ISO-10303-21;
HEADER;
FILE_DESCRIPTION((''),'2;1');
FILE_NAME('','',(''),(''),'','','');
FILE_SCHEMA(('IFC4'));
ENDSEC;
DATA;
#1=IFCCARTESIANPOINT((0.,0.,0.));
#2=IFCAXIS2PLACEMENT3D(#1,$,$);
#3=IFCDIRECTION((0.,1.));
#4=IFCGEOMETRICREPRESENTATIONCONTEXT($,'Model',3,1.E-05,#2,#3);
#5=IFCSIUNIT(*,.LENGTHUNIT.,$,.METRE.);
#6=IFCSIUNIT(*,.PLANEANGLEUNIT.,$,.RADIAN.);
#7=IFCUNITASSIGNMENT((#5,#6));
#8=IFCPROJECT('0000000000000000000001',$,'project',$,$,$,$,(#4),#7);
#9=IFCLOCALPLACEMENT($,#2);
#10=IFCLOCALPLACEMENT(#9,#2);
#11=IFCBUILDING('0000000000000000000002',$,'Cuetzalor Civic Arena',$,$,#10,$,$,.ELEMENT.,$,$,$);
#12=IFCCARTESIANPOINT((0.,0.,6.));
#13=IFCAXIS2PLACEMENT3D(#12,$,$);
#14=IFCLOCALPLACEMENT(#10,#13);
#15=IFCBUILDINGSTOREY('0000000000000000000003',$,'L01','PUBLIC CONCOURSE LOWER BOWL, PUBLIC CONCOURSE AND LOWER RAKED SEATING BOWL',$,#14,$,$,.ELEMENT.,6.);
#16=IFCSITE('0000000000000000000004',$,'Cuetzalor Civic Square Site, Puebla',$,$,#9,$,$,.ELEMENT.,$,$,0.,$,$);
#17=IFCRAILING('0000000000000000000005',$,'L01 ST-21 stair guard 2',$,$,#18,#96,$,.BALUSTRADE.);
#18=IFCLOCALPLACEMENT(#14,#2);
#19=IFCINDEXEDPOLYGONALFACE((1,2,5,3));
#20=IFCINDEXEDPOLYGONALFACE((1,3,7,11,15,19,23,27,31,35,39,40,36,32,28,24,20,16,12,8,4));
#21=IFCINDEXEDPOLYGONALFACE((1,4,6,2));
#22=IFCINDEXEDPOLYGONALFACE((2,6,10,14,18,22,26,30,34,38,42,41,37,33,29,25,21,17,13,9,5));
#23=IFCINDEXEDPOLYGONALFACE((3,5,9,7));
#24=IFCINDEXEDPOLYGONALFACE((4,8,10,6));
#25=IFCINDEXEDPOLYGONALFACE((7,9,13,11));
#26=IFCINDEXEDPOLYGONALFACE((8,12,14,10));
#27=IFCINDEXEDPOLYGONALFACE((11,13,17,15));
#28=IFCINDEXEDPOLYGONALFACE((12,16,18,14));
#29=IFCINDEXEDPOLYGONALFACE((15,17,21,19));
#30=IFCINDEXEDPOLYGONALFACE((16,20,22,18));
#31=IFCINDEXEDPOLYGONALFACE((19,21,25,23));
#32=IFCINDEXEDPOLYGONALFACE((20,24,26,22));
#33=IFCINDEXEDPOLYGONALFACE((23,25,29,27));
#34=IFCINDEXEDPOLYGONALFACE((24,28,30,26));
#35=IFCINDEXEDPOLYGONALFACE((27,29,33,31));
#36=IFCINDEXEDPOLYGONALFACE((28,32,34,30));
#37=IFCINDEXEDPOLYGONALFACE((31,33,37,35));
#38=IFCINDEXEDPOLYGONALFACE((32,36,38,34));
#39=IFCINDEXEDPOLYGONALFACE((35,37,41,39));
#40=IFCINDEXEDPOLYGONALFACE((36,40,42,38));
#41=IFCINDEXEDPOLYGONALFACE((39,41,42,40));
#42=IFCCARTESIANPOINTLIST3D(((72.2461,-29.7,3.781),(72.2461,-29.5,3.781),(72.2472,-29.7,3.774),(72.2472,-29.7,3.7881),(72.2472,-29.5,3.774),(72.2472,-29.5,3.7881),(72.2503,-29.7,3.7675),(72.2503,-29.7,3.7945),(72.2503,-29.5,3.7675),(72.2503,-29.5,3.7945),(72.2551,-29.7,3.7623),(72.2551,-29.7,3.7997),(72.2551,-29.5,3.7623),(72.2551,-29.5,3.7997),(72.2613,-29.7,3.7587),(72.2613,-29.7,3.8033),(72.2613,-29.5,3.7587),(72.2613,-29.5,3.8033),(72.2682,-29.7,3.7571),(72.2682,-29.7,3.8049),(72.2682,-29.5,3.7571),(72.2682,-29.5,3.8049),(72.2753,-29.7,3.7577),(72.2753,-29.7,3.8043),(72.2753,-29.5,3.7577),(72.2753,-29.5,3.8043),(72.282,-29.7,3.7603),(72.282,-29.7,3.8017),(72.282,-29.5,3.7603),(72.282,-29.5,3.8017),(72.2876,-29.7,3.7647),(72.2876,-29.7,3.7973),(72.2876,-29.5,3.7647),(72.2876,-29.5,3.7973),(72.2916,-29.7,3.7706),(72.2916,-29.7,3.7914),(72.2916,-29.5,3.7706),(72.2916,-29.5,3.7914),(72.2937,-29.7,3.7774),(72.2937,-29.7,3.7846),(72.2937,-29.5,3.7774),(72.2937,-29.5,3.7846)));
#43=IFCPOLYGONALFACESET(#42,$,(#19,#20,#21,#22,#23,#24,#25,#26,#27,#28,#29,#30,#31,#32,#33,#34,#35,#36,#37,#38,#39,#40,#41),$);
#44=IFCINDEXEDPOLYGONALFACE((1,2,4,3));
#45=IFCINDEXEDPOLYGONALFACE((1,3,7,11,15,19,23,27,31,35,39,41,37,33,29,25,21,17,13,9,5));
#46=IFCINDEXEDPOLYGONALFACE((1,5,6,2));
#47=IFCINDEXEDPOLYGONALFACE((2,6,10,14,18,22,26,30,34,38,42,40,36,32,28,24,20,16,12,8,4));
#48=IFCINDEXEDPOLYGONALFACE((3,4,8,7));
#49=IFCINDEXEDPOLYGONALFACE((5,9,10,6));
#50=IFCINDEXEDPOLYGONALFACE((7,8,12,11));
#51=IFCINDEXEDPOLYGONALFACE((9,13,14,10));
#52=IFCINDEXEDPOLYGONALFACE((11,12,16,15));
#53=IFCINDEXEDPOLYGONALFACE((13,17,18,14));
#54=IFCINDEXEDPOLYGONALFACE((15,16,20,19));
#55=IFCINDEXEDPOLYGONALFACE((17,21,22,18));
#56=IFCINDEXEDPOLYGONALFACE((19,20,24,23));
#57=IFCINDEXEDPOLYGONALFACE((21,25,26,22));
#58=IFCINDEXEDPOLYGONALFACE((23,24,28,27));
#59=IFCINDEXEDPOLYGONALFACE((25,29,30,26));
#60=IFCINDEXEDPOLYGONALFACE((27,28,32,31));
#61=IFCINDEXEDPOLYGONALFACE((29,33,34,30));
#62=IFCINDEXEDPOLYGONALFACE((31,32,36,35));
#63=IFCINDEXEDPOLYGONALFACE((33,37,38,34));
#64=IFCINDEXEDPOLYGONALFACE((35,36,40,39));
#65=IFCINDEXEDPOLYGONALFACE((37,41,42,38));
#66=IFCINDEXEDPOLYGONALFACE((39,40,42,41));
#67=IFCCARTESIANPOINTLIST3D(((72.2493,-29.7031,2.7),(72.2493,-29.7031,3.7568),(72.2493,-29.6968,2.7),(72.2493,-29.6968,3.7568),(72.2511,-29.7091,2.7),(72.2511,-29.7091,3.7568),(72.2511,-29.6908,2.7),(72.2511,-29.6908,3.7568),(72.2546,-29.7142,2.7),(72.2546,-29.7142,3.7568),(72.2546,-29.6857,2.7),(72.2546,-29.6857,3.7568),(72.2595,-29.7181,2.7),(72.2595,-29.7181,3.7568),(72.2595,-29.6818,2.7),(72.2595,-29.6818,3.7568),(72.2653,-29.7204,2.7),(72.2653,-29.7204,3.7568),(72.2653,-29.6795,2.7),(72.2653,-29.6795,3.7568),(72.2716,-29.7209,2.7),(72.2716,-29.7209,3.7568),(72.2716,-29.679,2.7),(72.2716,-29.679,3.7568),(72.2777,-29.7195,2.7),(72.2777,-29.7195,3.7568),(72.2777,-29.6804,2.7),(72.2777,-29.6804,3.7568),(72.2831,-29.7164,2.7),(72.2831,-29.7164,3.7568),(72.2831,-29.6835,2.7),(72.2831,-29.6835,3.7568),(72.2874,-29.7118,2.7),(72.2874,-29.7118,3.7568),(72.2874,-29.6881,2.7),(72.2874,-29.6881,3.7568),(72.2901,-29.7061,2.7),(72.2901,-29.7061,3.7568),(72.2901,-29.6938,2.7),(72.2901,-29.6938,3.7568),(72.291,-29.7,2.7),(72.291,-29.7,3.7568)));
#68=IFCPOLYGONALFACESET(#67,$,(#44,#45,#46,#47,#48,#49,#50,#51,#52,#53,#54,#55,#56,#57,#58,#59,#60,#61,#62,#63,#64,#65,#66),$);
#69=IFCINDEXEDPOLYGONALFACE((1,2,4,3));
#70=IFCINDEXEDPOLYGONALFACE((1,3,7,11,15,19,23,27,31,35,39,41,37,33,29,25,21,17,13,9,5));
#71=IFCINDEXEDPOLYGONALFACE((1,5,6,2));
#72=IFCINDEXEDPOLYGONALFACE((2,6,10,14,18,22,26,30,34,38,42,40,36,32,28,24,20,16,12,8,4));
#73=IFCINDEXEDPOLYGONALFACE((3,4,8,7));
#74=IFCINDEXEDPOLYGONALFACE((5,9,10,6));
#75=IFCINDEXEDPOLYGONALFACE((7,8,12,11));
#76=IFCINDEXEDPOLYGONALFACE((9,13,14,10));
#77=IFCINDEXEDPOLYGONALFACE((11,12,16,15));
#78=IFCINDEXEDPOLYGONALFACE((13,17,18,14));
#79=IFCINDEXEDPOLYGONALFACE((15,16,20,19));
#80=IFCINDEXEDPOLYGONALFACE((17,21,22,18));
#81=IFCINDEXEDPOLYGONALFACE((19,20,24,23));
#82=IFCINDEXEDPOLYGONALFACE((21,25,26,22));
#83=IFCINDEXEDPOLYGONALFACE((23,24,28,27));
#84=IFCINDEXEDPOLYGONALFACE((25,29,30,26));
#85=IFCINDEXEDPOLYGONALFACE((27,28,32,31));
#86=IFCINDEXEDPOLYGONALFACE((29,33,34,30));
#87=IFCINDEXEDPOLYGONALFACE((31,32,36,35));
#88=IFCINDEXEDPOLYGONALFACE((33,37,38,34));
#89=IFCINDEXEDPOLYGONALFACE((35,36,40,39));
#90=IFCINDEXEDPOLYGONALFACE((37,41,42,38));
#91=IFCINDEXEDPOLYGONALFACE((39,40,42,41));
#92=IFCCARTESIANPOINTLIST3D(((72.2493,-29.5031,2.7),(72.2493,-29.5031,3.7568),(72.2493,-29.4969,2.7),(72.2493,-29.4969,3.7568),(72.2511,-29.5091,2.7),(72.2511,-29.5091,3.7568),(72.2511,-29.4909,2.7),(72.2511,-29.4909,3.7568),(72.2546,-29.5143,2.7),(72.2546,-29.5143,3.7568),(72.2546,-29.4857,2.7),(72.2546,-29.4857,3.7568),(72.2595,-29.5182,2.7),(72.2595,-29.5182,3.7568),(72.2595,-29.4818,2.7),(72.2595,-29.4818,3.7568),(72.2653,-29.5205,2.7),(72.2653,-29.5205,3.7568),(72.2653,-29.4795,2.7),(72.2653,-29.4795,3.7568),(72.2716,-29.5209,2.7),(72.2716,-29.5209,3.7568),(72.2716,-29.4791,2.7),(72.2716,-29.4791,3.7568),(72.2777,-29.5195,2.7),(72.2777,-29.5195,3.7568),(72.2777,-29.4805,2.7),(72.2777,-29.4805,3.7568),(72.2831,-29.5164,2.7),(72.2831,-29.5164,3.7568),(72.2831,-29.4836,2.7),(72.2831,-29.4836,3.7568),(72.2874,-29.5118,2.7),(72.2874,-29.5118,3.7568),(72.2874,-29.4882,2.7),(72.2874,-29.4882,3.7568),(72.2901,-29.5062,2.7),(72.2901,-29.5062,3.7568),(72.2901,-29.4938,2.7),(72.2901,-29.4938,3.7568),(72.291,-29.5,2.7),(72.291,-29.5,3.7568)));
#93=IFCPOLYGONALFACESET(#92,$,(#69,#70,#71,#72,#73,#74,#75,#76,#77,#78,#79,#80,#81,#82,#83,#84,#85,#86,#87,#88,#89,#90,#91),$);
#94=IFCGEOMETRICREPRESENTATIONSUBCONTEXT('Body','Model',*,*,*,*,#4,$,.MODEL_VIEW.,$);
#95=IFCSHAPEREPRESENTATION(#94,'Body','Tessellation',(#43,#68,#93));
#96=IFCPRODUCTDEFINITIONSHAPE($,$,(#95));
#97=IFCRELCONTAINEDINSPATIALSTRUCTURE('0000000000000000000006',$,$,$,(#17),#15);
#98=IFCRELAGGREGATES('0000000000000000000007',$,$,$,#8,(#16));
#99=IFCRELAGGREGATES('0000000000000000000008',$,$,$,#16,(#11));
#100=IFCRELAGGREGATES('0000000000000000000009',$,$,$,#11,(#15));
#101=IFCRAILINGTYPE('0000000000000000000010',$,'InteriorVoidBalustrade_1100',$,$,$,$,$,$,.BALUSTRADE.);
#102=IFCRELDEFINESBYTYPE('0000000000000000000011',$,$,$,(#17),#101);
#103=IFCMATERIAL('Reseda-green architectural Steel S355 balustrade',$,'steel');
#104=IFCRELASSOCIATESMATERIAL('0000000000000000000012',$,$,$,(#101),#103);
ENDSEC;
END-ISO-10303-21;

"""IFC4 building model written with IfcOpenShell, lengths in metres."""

from ifc_helpers import new_model, si_unit, direction, frame, origin, origin_2d, place, context, subcontext, project, spatial, circle, extrude, material, type_object, element, save


model = new_model("IFC4")

# Units and contexts
model_context = context("Model", 3, precision=1e-05, world=origin(), true_north=direction((0.0, 1.0)))
body_context = subcontext(model_context, "Body", "Model", "MODEL_VIEW")
ifc_project = project(units=[si_unit("LENGTHUNIT", "METRE"), si_unit("PLANEANGLEUNIT", "RADIAN")], contexts=[model_context])

# Site, building, storey
site_placement = place(None, origin())
site = spatial("IfcSite", under=ifc_project, at=site_placement, Name="Cuetzalor Civic Square Site, Puebla", CompositionType="ELEMENT", RefElevation=0.0)
building_placement = place(site_placement, origin())
building = spatial("IfcBuilding", under=site, at=building_placement, Name="Cuetzalor Civic Arena", CompositionType="ELEMENT")
storey_placement = place(building_placement, frame((0.0, 0.0, 6.0)))
storey = spatial("IfcBuildingStorey", under=building, at=storey_placement, Name="L01", Description="PUBLIC CONCOURSE LOWER BOWL, PUBLIC CONCOURSE AND LOWER RAKED SEATING BOWL", CompositionType="ELEMENT", Elevation=6.0)

# Railing
ifc_material_1 = material(Name="Reseda-green architectural Steel S355 balustrade", Category="steel")
railing_type = type_object("IfcRailingType", Name="InteriorVoidBalustrade_1100", PredefinedType="BALUSTRADE", material=ifc_material_1)
railing_placement = place(storey_placement, frame((72.27, -29.7, 2.7)))
element("IfcRailing", 1, at=railing_placement, inside=storey, type_object=railing_type, Name="L01 ST-21 stair guard 2", PredefinedType="BALUSTRADE", context=body_context, shape_type="SweptSolid", body=[
    extrude(circle(Radius=0.0239, at=origin_2d()), frame((0.0, 0.0, 1.0811), z_axis=(0.0, 1.0, 0.0), x_axis=(-1.0, 0.0, 0.0)), (0.0, 0.0, 1.0), 0.2),
    extrude(circle(Radius=0.021, at=origin_2d()), origin(), (0.0, 0.0, 1.0), 1.0569),
    extrude(circle(Radius=0.021, at=origin_2d()), frame((0.0, 0.2, 0.0)), (0.0, 0.0, 1.0), 1.0569),
])

save(model, "model.ifc")
